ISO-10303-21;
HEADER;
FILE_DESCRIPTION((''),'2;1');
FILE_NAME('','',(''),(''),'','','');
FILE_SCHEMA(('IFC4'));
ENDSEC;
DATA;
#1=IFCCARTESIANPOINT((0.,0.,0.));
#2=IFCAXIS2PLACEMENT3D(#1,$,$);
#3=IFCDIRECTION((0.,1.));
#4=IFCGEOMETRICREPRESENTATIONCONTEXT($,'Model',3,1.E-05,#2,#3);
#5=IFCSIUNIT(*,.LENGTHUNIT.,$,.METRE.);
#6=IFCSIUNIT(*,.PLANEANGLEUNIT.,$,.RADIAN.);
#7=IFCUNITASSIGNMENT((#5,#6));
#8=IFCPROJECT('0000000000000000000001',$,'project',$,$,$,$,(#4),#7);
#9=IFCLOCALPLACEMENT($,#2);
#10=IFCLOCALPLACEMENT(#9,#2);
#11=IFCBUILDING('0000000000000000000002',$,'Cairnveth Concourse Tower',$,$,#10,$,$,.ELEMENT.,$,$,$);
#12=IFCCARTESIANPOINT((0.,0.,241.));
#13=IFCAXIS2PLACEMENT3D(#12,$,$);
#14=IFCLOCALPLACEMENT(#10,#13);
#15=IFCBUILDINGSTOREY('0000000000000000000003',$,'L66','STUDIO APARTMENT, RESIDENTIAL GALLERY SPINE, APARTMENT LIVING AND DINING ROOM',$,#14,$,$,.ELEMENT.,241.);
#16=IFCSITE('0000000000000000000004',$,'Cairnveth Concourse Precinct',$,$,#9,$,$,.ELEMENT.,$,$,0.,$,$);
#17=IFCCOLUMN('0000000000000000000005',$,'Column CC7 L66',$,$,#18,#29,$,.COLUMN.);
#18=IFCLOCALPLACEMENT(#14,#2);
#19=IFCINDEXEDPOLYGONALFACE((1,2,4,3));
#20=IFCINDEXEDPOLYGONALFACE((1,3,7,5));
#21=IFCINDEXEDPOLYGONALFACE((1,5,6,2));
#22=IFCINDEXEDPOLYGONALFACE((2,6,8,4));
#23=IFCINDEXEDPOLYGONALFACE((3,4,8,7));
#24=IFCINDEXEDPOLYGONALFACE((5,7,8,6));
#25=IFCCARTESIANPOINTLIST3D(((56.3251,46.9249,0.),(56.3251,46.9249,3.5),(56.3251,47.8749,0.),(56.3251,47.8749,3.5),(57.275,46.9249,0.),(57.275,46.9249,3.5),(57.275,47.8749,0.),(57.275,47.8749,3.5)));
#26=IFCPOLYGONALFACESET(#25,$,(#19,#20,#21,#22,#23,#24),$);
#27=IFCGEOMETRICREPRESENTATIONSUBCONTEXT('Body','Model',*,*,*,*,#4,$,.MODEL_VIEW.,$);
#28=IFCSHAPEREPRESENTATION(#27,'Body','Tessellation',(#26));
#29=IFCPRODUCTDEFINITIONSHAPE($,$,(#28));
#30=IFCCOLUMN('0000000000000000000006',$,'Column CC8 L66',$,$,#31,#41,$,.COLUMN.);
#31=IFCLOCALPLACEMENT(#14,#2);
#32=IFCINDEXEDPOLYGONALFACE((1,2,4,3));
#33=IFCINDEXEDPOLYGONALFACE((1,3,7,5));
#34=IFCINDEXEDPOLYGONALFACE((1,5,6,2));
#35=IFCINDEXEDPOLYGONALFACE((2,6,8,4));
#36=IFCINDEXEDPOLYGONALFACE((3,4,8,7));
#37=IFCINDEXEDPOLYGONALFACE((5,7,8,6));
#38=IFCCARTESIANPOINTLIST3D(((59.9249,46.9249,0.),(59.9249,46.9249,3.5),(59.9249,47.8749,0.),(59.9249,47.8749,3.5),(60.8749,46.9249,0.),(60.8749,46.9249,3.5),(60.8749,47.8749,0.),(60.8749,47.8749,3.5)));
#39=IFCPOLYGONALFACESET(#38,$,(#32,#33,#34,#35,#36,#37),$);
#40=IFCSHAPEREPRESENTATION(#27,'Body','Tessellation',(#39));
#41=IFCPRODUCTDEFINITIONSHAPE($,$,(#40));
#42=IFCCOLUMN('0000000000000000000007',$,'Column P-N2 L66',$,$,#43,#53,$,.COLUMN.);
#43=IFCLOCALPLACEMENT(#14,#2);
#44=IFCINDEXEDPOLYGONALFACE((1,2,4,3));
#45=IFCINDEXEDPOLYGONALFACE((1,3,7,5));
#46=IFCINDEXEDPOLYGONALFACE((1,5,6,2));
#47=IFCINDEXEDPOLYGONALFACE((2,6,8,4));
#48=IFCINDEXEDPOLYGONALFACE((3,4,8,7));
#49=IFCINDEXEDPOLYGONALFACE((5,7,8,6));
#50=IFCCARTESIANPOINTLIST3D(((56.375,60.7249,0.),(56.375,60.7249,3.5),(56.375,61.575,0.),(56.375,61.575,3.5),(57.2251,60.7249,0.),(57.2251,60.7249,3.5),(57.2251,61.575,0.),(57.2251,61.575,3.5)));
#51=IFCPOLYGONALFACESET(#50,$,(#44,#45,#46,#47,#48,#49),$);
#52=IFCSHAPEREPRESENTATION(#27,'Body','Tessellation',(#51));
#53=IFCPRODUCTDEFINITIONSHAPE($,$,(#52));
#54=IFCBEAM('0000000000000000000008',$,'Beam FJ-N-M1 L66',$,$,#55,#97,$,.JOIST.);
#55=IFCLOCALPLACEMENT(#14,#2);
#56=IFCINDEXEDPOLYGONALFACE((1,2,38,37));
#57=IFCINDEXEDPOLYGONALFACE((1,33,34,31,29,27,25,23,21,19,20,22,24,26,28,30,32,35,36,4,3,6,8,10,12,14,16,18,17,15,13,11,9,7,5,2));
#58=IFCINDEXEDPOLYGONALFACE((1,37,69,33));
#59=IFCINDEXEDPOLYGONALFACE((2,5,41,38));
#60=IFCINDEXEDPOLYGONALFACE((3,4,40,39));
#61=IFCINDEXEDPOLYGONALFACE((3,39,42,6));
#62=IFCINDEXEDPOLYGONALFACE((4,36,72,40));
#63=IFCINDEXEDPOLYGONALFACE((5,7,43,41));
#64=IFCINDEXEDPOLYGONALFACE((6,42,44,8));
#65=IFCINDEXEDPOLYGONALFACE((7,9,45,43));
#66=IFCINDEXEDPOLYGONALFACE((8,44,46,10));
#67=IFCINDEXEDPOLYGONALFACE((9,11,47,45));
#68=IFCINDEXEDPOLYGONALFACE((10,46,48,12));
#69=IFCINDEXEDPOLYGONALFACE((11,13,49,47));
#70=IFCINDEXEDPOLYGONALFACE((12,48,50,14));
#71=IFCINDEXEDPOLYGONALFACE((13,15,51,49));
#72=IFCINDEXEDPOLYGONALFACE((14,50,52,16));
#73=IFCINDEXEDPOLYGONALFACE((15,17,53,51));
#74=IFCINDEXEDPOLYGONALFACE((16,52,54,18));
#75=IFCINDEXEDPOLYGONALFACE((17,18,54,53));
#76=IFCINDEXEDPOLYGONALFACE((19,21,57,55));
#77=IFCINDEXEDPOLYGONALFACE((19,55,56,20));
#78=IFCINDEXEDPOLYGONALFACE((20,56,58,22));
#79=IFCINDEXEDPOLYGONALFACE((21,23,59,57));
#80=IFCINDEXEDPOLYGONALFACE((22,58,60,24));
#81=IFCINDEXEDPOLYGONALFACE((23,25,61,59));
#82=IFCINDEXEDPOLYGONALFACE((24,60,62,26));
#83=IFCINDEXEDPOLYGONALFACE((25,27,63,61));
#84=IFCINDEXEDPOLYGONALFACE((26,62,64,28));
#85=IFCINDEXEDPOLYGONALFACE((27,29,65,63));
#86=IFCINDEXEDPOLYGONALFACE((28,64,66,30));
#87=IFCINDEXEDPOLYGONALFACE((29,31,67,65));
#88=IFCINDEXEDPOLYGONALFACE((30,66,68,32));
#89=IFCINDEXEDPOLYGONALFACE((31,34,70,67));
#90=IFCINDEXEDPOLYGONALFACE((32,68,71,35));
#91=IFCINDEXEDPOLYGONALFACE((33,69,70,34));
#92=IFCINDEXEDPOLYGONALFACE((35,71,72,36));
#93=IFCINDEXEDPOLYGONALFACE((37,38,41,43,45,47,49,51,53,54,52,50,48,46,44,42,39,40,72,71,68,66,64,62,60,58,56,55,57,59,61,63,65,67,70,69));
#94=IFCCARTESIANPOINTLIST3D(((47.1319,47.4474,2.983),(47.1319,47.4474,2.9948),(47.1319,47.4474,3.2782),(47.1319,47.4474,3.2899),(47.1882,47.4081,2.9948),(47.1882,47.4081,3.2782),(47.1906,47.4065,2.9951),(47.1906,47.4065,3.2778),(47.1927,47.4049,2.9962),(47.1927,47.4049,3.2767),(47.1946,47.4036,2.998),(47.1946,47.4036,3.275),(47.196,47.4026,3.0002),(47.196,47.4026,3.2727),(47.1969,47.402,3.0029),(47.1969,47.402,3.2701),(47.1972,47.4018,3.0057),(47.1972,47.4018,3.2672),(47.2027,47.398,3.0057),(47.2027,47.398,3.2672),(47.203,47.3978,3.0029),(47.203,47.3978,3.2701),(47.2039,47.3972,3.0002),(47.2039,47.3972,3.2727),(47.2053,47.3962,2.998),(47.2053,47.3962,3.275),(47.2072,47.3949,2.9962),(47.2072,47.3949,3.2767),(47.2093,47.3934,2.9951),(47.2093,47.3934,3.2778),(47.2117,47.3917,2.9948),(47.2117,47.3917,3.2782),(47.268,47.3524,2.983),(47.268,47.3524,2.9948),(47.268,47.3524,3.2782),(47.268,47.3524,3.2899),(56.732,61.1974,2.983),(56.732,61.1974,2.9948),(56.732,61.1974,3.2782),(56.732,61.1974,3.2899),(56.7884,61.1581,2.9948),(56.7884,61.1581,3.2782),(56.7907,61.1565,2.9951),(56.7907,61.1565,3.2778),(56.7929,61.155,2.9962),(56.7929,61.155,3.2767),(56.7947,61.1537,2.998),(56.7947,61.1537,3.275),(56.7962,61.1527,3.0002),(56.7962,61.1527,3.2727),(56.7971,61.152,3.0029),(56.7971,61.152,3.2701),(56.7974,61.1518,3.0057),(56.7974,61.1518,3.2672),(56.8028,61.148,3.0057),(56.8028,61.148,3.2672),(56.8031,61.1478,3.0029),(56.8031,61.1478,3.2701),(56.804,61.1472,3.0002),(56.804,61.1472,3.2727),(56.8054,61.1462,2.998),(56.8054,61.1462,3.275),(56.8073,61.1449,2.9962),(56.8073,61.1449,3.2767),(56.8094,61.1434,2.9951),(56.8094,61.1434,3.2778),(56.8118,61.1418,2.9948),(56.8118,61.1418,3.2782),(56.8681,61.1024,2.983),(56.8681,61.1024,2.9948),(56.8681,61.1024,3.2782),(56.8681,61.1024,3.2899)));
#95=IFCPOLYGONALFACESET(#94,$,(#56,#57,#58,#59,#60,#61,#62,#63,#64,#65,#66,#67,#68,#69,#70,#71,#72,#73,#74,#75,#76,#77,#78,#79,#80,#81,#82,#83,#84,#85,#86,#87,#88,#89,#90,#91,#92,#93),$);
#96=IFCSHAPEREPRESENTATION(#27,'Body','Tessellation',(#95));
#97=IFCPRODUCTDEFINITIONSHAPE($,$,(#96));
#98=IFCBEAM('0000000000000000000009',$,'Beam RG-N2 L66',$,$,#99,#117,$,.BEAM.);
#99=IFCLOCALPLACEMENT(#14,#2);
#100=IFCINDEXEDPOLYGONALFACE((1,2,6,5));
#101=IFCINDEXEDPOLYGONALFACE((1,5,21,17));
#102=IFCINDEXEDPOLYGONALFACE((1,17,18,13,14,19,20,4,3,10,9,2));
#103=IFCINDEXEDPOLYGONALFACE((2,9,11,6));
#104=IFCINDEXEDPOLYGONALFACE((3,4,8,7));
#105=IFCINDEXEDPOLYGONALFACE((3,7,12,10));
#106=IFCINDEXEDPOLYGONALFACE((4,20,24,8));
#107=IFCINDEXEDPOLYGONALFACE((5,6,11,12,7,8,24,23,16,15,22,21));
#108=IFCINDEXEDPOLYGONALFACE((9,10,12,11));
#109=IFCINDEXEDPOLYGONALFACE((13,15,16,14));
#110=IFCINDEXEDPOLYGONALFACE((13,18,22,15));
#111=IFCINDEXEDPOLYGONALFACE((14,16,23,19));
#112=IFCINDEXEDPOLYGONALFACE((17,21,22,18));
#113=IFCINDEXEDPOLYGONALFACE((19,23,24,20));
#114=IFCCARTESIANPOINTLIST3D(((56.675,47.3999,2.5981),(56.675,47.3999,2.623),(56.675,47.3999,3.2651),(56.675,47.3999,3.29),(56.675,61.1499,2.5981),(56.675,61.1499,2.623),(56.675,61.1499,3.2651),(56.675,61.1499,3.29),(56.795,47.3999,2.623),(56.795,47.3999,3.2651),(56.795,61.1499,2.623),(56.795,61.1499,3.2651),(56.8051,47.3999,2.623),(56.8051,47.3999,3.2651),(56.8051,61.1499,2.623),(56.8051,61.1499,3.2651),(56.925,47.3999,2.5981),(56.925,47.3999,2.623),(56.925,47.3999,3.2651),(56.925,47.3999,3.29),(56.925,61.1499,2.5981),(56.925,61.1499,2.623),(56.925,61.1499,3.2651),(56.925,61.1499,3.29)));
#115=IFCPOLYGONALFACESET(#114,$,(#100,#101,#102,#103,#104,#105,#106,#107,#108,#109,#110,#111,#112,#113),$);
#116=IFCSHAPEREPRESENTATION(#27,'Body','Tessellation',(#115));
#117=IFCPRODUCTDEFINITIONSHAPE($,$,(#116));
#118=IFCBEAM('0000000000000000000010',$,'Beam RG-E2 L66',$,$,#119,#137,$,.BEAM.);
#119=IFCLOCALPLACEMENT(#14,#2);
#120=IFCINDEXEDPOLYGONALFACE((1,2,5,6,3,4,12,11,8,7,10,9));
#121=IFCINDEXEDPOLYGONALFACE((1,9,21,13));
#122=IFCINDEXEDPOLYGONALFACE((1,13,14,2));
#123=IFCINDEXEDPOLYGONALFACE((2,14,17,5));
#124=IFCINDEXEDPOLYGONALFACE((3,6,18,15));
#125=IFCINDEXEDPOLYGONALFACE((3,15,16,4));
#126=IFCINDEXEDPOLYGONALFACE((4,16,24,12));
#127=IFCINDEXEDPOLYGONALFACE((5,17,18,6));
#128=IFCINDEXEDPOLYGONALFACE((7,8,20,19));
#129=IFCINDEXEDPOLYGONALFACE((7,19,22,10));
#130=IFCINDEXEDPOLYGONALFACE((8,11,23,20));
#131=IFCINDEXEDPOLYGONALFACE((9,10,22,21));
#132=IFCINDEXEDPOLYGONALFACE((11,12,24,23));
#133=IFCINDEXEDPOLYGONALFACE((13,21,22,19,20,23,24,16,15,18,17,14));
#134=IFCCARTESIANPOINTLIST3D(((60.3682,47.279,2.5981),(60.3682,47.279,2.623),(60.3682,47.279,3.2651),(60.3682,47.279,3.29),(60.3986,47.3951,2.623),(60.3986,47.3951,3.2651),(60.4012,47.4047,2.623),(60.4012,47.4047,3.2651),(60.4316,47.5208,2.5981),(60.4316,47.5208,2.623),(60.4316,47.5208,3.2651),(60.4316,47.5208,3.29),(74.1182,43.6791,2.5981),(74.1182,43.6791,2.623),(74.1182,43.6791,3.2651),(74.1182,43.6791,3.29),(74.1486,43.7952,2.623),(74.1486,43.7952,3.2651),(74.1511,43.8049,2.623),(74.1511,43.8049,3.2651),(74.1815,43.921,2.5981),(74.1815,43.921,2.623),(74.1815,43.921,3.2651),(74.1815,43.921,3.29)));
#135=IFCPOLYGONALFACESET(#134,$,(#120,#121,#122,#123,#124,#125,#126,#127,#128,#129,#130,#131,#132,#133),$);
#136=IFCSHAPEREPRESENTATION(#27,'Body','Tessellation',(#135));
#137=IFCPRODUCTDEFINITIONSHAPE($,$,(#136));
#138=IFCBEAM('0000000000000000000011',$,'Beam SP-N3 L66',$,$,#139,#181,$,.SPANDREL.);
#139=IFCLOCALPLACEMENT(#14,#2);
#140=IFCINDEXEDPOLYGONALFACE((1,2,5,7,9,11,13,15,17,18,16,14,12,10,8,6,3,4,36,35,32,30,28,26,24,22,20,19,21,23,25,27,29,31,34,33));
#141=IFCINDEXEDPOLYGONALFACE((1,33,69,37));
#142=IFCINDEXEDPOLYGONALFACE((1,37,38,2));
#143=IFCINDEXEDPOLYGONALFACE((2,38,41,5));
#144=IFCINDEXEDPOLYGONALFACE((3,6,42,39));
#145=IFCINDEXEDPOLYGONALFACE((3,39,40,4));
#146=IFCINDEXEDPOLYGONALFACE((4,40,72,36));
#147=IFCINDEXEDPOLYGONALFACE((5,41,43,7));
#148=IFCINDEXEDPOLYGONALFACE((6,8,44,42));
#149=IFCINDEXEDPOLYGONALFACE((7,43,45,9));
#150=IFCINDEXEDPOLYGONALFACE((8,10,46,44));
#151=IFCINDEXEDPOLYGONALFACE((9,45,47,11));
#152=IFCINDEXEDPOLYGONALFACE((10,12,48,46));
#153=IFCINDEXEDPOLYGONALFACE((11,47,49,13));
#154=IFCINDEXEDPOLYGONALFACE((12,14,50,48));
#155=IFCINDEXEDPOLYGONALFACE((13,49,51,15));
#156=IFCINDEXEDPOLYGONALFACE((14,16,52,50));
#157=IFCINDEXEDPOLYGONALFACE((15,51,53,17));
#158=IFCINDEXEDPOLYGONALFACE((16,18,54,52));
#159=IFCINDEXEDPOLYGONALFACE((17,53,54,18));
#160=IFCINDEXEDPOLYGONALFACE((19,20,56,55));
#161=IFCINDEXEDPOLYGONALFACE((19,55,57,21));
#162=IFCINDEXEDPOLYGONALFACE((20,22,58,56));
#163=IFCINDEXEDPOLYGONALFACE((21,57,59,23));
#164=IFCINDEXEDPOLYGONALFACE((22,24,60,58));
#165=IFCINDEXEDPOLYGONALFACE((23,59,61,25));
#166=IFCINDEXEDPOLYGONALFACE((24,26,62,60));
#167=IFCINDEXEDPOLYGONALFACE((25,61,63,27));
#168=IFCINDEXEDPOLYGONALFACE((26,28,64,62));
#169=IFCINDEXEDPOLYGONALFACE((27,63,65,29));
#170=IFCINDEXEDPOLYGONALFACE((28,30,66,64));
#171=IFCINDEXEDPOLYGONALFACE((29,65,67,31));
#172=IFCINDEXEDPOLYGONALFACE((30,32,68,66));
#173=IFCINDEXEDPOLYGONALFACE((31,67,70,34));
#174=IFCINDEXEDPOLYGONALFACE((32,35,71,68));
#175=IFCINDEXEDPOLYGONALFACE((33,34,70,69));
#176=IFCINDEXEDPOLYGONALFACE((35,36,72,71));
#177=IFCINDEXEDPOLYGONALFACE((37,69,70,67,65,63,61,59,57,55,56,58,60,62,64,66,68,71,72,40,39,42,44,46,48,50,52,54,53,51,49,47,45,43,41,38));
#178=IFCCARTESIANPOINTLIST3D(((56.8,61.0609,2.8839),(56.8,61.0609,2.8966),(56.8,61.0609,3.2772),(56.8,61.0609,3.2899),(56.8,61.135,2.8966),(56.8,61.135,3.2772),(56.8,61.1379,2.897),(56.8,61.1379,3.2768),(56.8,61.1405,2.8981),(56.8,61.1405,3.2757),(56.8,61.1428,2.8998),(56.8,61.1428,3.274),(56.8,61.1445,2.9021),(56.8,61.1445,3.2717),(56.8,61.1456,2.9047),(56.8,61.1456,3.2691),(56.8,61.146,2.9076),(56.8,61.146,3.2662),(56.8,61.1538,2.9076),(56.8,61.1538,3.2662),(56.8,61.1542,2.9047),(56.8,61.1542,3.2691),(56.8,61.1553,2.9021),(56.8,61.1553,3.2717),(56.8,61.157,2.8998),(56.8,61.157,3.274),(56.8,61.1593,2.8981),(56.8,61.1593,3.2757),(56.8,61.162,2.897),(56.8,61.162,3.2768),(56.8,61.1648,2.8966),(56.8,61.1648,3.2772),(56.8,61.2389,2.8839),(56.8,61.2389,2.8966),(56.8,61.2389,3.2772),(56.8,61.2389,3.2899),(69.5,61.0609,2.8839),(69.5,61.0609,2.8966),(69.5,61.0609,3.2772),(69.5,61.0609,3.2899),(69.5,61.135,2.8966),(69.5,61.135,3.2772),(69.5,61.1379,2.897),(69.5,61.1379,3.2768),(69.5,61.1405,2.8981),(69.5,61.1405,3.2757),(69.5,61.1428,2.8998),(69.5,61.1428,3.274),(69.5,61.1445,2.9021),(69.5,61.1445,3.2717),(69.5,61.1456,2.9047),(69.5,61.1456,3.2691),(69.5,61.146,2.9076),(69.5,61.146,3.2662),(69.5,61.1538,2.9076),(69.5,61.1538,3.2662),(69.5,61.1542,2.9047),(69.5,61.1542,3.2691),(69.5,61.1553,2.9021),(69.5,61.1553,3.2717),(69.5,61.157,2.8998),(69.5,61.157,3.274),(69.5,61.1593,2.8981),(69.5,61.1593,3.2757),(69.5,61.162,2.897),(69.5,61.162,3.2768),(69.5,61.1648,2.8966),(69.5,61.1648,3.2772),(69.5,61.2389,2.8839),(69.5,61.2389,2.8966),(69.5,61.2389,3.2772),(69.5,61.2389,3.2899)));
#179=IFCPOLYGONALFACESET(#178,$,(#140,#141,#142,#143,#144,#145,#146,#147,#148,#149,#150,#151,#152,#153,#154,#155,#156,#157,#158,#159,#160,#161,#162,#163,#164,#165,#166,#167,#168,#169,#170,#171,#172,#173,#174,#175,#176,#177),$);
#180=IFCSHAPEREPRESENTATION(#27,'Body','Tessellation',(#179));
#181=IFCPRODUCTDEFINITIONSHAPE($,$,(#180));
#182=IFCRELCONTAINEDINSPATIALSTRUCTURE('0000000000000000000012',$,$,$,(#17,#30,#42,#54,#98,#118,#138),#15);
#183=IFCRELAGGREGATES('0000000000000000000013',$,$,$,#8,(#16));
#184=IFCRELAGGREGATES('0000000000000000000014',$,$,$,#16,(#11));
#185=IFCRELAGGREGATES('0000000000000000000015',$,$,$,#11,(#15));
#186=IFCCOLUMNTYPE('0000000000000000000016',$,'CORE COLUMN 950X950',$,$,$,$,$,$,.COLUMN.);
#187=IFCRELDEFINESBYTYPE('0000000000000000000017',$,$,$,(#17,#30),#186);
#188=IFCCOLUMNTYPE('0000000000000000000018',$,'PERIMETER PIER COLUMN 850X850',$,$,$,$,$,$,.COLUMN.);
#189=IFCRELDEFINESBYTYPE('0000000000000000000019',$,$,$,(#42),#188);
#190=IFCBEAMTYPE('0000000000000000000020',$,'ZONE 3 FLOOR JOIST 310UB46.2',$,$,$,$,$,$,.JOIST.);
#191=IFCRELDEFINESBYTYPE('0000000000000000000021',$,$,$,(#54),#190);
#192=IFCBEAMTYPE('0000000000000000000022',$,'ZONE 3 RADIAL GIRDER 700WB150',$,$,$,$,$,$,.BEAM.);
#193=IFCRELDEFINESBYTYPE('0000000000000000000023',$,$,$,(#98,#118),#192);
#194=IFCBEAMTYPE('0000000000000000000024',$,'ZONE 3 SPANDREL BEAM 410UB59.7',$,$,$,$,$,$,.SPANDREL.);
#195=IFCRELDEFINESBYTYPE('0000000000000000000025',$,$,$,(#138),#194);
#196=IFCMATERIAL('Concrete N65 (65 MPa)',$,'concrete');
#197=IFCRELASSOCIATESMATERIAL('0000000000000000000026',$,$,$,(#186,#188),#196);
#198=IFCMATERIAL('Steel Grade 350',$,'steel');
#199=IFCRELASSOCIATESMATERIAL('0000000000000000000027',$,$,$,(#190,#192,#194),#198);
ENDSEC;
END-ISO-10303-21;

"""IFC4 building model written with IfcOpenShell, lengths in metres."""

from ifc_helpers import new_model, si_unit, direction, frame, origin, origin_2d, place, context, subcontext, project, spatial, rectangle, i_section, extrude, material, material_profile, profile_set, type_object, element, save


model = new_model("IFC4")

# Units and contexts
model_context = context("Model", 3, precision=1e-05, world=origin(), true_north=direction((0.0, 1.0)))
body_context = subcontext(model_context, "Body", "Model", "MODEL_VIEW")
ifc_project = project(units=[si_unit("LENGTHUNIT", "METRE"), si_unit("PLANEANGLEUNIT", "RADIAN")], contexts=[model_context])

# Site, building, storey
site_placement = place(None, origin())
site = spatial("IfcSite", under=ifc_project, at=site_placement, Name="Cairnveth Concourse Precinct", CompositionType="ELEMENT", RefElevation=0.0)
building_placement = place(site_placement, origin())
building = spatial("IfcBuilding", under=site, at=building_placement, Name="Cairnveth Concourse Tower", CompositionType="ELEMENT")
storey_placement = place(building_placement, frame((0.0, 0.0, 241.0)))
storey = spatial("IfcBuildingStorey", under=building, at=storey_placement, Name="L66", Description="STUDIO APARTMENT, RESIDENTIAL GALLERY SPINE, APARTMENT LIVING AND DINING ROOM", CompositionType="ELEMENT", Elevation=241.0)

# Columns
ifc_material_1 = material(Name="Concrete N65 (65 MPa)", Category="concrete")
ifc_material_profile_1 = material_profile(ifc_material_1, rectangle(XDim=0.95, YDim=0.95, at=origin_2d()), Name="RC-COL-950x950")
ifc_profile_set_1 = profile_set([ifc_material_profile_1], Name="Concrete N65 (65 MPa)")
column_type_1 = type_object("IfcColumnType", Name="CORE COLUMN 950X950", PredefinedType="COLUMN", material=ifc_profile_set_1)
for number, where, z_axis, x_axis, name in (
    (1, (56.8, 47.3999, 0.0), (0.0, 0.0, 1.0), (1.0, 0.0, 0.0), "Column CC7 L66"),
    (2, (60.3999, 47.3999, 0.0), (0.0, 0.0, 1.0), (1.0, 0.0, 0.0), "Column CC8 L66"),
):
    element("IfcColumn", number, at=place(storey_placement, frame(where, z_axis=z_axis, x_axis=x_axis)), inside=storey, type_object=column_type_1, Name=name, PredefinedType="COLUMN", context=body_context, shape_type="SweptSolid", body=[
        extrude(rectangle(XDim=0.95, YDim=0.95, at=origin_2d()), origin(), (0.0, 0.0, 1.0), 3.5),
    ])
ifc_material_profile_2 = material_profile(ifc_material_1, rectangle(XDim=0.8501, YDim=0.8501, at=origin_2d()), Name="RC-COL-850x850")
ifc_profile_set_2 = profile_set([ifc_material_profile_2], Name="Concrete N65 (65 MPa)")
column_type_2 = type_object("IfcColumnType", Name="PERIMETER PIER COLUMN 850X850", PredefinedType="COLUMN", material=ifc_profile_set_2)
column_placement = place(storey_placement, frame((56.8, 61.1499, 0.0), z_axis=(0.0, 0.0, 1.0), x_axis=(1.0, 0.0, 0.0)))
element("IfcColumn", 3, at=column_placement, inside=storey, type_object=column_type_2, Name="Column P-N2 L66", PredefinedType="COLUMN", context=body_context, shape_type="SweptSolid", body=[
    extrude(rectangle(XDim=0.8501, YDim=0.8501, at=origin_2d()), origin(), (0.0, 0.0, 1.0), 3.5),
])

# Beams
ifc_material_2 = material(Name="Steel Grade 350", Category="steel")
ifc_material_profile_3 = material_profile(ifc_material_2, i_section(OverallWidth=0.166, OverallDepth=0.3069, WebThickness=0.0066, FlangeThickness=0.0117, FilletRadius=0.011, at=origin_2d()), Name="310UB46.2")
ifc_profile_set_3 = profile_set([ifc_material_profile_3], Name="Steel Grade 350")
beam_type_1 = type_object("IfcBeamType", Name="ZONE 3 FLOOR JOIST 310UB46.2", PredefinedType="JOIST", material=ifc_profile_set_3)
beam_1_placement = place(storey_placement, frame((47.2, 47.3999, 3.1365), z_axis=(0.572465, 0.819929, 0.0), x_axis=(-0.819929, 0.572465, 0.0)))
element("IfcBeam", 4, at=beam_1_placement, inside=storey, type_object=beam_type_1, Name="Beam FJ-N-M1 L66", PredefinedType="JOIST", context=body_context, shape_type="SweptSolid", body=[
    extrude(i_section(OverallWidth=0.166, OverallDepth=0.3069, WebThickness=0.0066, FlangeThickness=0.0117, FilletRadius=0.011, at=origin_2d()), origin(), (0.0, 0.0, 1.0), 16.7698),
])
ifc_material_profile_4 = material_profile(ifc_material_2, i_section(OverallWidth=0.25, OverallDepth=0.6919, WebThickness=0.01, FlangeThickness=0.0249, at=origin_2d()), Name="700WB150")
ifc_profile_set_4 = profile_set([ifc_material_profile_4], Name="Steel Grade 350")
beam_type_2 = type_object("IfcBeamType", Name="ZONE 3 RADIAL GIRDER 700WB150", PredefinedType="BEAM", material=ifc_profile_set_4)
beam_2_placement = place(storey_placement, frame((56.8, 47.3999, 2.9441), z_axis=(0.0, 1.0, 0.0), x_axis=(-1.0, 0.0, 0.0)))
element("IfcBeam", 5, at=beam_2_placement, inside=storey, type_object=beam_type_2, Name="Beam RG-N2 L66", PredefinedType="BEAM", context=body_context, shape_type="SweptSolid", body=[
    extrude(i_section(OverallWidth=0.25, OverallDepth=0.6919, WebThickness=0.01, FlangeThickness=0.0249, at=origin_2d()), origin(), (0.0, 0.0, 1.0), 13.75),
])
beam_3_placement = place(storey_placement, frame((60.3999, 47.3999, 2.9441), z_axis=(0.967395, -0.253271, 0.0), x_axis=(0.253271, 0.967395, 0.0)))
element("IfcBeam", 6, at=beam_3_placement, inside=storey, type_object=beam_type_2, Name="Beam RG-E2 L66", PredefinedType="BEAM", context=body_context, shape_type="SweptSolid", body=[
    extrude(i_section(OverallWidth=0.25, OverallDepth=0.6919, WebThickness=0.01, FlangeThickness=0.0249, at=origin_2d()), origin(), (0.0, 0.0, 1.0), 14.2134),
])
ifc_material_profile_5 = material_profile(ifc_material_2, i_section(OverallWidth=0.178, OverallDepth=0.406, WebThickness=0.0078, FlangeThickness=0.0127, FilletRadius=0.011, at=origin_2d()), Name="410UB59.7")
ifc_profile_set_5 = profile_set([ifc_material_profile_5], Name="Steel Grade 350")
beam_type_3 = type_object("IfcBeamType", Name="ZONE 3 SPANDREL BEAM 410UB59.7", PredefinedType="SPANDREL", material=ifc_profile_set_5)
beam_4_placement = place(storey_placement, frame((56.8, 61.1499, 3.0869), z_axis=(1.0, 0.0, 0.0), x_axis=(0.0, 1.0, 0.0)))
element("IfcBeam", 7, at=beam_4_placement, inside=storey, type_object=beam_type_3, Name="Beam SP-N3 L66", PredefinedType="SPANDREL", context=body_context, shape_type="SweptSolid", body=[
    extrude(i_section(OverallWidth=0.178, OverallDepth=0.406, WebThickness=0.0078, FlangeThickness=0.0127, FilletRadius=0.011, at=origin_2d()), origin(), (0.0, 0.0, 1.0), 12.7),
])

save(model, "model.ifc")
